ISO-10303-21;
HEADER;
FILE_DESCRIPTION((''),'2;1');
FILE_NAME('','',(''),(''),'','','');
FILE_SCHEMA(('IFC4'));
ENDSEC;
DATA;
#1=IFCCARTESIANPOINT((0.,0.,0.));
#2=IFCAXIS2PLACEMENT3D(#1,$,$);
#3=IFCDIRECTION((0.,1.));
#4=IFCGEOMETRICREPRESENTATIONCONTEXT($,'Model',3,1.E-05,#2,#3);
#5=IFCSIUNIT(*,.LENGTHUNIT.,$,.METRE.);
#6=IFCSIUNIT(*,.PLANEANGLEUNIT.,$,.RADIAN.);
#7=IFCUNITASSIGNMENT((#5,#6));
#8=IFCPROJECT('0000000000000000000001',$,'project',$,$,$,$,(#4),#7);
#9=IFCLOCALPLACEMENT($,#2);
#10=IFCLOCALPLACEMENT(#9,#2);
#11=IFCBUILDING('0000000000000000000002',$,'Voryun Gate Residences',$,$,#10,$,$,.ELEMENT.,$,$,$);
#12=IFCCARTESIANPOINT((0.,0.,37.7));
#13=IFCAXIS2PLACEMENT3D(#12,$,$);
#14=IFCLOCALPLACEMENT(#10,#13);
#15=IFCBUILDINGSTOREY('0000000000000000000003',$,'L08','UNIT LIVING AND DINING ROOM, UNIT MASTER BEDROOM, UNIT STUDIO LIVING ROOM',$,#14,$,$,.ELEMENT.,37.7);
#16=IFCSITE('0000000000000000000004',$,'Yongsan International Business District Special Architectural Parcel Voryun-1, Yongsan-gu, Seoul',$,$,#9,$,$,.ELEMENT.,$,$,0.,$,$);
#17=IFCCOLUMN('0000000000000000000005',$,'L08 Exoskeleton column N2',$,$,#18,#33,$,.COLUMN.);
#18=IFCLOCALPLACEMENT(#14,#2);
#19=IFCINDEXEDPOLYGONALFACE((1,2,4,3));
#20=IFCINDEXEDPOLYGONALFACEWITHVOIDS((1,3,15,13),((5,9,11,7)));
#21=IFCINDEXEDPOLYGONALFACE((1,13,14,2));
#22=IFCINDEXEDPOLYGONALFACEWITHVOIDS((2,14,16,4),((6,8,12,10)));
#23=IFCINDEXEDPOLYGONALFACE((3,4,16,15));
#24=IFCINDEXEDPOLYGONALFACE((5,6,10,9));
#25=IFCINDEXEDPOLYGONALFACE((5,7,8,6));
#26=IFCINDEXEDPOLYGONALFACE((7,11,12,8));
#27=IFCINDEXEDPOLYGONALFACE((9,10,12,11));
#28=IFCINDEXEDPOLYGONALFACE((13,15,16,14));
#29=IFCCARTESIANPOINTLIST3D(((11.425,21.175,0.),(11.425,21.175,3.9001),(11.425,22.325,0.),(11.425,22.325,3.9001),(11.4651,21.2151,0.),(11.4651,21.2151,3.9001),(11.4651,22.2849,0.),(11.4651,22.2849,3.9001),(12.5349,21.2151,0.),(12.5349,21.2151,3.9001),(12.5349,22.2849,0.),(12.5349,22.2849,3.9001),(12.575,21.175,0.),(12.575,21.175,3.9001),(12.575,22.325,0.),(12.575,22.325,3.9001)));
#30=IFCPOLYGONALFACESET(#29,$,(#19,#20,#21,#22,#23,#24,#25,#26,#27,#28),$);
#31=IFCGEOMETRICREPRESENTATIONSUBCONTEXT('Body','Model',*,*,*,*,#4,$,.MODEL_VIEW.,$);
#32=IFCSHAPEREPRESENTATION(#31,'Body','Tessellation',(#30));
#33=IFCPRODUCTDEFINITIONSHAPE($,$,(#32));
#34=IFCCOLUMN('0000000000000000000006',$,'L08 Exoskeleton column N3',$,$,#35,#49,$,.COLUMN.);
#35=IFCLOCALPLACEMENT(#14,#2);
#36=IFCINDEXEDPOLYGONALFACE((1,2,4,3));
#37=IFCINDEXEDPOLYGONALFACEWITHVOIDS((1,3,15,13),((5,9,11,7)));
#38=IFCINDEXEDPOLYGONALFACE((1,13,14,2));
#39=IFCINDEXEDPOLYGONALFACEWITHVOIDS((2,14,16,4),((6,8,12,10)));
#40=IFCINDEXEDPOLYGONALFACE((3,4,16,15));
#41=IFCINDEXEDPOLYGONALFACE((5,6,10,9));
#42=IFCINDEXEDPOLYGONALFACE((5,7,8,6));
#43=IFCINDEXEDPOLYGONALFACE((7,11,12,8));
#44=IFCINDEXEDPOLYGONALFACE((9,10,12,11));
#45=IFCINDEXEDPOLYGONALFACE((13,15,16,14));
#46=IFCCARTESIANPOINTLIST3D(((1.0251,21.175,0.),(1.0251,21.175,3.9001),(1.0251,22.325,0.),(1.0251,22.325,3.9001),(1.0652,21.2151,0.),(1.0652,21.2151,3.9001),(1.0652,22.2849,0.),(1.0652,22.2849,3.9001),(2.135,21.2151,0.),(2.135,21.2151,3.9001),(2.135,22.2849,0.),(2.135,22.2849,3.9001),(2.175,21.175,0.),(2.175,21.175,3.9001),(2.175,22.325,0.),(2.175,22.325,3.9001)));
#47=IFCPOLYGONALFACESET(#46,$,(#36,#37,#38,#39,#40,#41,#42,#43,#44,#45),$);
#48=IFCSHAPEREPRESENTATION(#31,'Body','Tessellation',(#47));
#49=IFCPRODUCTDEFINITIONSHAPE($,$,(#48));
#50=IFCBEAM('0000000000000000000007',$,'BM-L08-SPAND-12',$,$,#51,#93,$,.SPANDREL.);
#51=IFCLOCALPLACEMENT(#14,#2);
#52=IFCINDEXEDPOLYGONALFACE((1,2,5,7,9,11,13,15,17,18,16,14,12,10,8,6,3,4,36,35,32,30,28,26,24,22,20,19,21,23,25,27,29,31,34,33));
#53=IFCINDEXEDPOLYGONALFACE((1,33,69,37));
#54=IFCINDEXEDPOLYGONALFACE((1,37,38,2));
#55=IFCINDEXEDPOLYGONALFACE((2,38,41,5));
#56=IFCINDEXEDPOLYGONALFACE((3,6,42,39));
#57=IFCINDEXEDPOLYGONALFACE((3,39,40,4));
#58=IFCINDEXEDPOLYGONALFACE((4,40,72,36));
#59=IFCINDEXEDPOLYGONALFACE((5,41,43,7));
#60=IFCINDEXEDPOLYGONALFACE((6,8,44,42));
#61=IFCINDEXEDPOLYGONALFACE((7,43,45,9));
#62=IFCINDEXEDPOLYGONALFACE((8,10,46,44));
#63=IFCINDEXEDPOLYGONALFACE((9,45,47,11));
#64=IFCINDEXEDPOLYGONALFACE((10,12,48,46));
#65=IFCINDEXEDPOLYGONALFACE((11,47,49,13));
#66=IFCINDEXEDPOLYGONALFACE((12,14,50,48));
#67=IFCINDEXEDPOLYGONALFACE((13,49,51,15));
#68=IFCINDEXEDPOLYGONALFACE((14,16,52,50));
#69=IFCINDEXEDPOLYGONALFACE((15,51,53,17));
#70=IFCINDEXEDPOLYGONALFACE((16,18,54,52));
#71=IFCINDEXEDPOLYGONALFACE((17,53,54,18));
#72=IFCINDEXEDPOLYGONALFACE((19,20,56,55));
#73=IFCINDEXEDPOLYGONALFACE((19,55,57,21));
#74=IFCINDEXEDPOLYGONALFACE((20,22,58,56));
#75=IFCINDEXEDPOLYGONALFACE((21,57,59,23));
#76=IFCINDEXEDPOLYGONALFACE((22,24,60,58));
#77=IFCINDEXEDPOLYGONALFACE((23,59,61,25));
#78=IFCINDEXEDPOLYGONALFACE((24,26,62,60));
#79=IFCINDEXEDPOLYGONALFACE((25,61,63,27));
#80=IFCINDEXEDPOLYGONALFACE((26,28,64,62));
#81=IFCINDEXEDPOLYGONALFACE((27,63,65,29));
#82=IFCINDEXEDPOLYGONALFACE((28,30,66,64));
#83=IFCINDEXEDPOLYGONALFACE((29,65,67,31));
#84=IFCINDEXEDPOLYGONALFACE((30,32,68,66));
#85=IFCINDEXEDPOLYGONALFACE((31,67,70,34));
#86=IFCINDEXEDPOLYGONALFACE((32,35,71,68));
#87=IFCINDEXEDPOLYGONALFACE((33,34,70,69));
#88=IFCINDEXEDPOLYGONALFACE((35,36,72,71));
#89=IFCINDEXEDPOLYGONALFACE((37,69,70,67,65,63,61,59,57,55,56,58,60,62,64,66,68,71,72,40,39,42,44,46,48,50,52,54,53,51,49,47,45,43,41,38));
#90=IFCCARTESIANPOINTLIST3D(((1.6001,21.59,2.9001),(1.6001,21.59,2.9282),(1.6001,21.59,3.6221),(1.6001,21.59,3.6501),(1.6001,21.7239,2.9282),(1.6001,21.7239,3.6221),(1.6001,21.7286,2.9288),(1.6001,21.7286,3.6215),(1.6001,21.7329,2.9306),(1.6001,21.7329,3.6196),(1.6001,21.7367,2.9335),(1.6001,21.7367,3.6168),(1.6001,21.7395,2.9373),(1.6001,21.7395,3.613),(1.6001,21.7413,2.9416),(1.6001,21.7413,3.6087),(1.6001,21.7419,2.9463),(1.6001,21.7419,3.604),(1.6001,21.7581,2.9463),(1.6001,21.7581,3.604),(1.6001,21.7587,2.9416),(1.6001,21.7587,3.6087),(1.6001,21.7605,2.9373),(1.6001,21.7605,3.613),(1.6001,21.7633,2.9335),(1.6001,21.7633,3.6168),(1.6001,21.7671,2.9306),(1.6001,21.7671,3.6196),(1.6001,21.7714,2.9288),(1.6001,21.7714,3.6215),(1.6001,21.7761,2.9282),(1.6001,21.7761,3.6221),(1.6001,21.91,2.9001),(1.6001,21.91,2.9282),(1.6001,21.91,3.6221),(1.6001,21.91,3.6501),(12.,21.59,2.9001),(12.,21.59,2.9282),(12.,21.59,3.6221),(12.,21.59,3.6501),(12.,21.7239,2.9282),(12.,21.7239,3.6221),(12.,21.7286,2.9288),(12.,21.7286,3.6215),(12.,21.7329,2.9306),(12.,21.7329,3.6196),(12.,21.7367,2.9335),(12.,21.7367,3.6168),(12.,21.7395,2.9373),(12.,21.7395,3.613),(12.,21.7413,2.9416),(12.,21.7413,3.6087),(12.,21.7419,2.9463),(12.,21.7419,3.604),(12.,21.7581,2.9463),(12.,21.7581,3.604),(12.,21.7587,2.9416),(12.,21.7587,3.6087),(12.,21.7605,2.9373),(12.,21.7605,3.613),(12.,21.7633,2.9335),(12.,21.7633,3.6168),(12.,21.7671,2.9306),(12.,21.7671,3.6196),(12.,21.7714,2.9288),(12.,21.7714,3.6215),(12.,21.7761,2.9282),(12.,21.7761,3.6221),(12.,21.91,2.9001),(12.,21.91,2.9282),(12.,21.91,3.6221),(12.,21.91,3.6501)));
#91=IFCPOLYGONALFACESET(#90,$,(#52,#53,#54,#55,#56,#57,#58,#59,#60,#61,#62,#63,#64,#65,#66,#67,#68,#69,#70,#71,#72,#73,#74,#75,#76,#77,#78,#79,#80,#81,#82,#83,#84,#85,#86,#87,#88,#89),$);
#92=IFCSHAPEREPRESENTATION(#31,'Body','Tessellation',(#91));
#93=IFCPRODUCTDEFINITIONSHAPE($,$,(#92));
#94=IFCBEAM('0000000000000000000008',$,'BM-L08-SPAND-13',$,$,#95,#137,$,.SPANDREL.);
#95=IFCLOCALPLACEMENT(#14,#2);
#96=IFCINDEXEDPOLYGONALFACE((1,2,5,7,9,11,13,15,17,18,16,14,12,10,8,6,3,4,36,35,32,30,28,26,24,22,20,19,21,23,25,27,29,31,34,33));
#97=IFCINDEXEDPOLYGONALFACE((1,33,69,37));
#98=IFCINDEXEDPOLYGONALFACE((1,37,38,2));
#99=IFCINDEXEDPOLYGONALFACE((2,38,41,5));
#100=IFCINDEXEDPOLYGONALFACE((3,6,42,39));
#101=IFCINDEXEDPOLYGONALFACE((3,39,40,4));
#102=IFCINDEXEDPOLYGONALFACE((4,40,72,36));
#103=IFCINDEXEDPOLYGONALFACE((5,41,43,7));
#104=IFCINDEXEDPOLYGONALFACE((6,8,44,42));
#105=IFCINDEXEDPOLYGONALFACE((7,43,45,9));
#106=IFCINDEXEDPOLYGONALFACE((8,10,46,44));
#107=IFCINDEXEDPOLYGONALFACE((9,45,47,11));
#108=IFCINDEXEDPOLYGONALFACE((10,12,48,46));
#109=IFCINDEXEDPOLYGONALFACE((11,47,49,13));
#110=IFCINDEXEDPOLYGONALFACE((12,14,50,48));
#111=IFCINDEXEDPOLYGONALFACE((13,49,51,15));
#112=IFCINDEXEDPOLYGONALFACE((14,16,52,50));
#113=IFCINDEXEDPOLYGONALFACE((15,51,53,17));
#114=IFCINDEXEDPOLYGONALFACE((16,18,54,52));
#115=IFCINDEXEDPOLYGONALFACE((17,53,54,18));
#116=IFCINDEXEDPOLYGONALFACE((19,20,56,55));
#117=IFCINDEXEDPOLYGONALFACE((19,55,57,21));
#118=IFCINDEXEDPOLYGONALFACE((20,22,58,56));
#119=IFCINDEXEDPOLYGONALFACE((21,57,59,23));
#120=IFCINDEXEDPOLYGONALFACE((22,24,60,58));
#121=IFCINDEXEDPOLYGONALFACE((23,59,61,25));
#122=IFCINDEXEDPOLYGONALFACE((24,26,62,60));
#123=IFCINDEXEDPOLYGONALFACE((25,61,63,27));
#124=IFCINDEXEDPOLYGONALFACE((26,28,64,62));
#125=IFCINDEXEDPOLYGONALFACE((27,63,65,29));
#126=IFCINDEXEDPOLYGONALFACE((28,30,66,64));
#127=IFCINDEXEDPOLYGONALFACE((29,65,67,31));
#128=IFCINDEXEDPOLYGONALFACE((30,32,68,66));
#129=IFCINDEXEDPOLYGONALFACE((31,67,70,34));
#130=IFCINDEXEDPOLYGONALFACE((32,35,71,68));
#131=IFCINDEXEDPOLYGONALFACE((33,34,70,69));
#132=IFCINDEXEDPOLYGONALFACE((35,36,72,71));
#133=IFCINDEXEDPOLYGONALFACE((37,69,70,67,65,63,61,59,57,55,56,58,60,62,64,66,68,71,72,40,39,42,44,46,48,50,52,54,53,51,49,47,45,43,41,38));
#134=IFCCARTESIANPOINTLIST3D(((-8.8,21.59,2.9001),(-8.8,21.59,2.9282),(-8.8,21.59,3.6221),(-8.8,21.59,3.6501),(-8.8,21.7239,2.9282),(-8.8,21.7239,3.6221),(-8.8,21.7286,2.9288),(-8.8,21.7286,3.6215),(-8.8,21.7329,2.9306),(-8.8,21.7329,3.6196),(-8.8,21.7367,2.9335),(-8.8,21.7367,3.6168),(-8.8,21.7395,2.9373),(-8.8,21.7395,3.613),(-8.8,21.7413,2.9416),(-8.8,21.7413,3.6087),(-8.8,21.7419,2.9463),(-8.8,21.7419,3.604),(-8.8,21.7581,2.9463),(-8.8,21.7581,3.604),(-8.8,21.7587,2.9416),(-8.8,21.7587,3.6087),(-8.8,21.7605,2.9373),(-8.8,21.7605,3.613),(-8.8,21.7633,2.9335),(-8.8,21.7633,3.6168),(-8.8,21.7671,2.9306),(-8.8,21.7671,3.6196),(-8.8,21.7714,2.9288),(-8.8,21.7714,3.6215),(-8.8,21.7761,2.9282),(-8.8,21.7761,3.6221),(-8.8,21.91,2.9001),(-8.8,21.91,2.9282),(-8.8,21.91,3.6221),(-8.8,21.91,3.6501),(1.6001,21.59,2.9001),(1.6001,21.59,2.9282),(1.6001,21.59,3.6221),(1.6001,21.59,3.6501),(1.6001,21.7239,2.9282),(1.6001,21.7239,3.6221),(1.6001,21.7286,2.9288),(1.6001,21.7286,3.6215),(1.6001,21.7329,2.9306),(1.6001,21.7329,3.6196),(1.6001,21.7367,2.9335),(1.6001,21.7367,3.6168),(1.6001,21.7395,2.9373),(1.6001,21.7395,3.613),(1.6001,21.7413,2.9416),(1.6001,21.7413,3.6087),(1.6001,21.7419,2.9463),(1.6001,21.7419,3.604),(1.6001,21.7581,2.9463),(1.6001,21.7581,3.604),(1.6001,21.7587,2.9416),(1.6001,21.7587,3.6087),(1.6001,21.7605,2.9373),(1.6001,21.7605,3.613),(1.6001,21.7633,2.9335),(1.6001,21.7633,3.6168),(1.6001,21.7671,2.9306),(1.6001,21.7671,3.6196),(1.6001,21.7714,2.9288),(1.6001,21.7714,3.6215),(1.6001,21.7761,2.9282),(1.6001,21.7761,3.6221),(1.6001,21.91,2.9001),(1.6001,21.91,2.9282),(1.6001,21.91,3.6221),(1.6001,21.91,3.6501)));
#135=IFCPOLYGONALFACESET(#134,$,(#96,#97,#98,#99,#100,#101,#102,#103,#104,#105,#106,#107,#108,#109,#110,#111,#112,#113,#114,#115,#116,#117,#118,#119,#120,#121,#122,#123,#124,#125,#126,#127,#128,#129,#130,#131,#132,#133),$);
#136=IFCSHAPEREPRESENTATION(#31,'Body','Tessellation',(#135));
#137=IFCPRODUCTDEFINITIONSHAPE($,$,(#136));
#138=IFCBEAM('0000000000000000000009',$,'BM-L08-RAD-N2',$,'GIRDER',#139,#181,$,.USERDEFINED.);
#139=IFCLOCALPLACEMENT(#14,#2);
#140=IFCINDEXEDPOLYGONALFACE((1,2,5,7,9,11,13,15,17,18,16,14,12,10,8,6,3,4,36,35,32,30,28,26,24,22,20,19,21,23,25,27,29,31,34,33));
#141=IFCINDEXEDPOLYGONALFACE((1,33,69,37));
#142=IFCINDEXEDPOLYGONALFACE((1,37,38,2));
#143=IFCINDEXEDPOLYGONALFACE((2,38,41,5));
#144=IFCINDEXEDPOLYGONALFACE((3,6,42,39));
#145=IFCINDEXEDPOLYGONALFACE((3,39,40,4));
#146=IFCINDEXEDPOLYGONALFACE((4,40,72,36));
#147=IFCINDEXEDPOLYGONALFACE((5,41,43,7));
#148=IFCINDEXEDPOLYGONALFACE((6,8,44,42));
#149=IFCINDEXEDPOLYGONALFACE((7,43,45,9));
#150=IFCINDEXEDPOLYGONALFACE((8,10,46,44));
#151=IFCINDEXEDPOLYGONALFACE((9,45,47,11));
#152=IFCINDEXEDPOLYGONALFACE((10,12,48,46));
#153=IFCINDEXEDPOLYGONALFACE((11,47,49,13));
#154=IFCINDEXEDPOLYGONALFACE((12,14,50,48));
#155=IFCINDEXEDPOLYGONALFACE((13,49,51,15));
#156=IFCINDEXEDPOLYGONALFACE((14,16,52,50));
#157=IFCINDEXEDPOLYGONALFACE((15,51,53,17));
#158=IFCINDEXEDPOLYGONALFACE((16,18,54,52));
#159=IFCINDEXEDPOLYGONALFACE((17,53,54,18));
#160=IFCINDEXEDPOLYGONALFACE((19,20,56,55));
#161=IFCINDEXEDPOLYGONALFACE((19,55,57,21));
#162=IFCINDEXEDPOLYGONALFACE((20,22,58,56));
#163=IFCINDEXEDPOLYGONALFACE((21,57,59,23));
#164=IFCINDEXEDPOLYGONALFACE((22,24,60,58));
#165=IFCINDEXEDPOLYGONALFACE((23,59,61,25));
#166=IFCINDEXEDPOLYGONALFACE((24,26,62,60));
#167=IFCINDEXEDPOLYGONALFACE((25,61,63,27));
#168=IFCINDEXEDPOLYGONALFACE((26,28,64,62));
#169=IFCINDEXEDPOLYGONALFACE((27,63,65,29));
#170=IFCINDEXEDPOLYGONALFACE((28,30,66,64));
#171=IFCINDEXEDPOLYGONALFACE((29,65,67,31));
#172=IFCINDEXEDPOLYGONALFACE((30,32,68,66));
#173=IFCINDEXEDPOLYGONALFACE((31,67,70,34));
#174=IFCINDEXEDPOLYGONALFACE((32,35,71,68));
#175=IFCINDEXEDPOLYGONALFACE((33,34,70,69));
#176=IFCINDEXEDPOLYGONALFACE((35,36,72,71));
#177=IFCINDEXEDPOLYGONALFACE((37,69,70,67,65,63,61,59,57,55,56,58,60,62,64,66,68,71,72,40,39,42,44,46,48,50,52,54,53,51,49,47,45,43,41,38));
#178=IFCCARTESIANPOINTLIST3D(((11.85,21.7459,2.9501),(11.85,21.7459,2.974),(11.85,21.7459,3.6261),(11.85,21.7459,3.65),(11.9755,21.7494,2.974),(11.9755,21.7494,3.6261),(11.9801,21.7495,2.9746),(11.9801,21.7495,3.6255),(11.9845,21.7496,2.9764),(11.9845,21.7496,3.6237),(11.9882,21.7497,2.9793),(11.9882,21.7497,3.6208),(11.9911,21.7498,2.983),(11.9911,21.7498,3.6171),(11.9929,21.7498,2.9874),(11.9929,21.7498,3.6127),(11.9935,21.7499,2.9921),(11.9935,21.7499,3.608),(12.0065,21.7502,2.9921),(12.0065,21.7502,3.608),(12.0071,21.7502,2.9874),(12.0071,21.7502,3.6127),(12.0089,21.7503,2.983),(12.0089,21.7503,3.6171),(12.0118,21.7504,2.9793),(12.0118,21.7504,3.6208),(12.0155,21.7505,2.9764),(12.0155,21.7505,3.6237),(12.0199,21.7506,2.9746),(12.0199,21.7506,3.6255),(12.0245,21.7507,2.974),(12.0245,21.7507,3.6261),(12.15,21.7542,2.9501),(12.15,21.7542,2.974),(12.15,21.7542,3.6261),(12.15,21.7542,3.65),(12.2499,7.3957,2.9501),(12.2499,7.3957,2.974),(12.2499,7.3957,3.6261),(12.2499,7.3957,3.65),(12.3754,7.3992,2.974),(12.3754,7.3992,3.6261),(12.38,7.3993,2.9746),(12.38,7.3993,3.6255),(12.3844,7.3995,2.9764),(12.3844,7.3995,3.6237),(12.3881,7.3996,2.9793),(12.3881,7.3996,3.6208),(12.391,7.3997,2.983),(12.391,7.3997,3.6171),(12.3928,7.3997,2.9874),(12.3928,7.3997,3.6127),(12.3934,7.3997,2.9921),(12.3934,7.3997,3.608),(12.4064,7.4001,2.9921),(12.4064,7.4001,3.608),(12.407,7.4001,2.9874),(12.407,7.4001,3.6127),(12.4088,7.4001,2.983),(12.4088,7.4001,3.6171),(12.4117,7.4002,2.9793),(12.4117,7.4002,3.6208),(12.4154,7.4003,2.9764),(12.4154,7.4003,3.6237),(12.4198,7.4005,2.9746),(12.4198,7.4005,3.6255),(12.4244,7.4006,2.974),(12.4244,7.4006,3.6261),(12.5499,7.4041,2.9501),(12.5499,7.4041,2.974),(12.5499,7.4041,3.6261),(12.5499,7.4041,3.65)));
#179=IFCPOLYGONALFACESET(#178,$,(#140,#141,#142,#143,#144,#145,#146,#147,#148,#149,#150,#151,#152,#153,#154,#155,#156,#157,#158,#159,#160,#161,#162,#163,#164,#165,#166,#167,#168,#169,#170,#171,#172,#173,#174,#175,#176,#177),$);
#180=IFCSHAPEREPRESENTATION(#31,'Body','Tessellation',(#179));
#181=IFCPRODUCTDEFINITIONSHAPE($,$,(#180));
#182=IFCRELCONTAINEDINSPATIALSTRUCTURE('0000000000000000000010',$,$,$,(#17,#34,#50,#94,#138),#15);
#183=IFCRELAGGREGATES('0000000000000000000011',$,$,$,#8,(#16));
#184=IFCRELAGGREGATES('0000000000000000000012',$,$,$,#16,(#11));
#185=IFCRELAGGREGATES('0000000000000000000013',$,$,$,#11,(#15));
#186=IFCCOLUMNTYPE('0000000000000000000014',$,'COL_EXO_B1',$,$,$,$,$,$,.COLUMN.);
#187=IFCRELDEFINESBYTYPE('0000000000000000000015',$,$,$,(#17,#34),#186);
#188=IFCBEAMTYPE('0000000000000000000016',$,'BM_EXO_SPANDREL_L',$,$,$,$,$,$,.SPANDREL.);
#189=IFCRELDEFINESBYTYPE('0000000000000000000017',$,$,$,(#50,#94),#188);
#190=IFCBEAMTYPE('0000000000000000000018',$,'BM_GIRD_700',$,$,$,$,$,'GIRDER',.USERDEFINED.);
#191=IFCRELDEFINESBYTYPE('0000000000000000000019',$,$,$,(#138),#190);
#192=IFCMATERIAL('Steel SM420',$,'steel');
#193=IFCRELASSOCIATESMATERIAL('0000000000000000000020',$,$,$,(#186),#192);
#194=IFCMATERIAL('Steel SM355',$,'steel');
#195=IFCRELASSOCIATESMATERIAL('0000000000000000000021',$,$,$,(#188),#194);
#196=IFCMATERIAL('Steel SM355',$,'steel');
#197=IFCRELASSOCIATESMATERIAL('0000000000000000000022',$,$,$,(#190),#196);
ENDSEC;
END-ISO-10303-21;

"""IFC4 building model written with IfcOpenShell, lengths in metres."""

from ifc_helpers import new_model, si_unit, direction, frame, origin, origin_2d, place, context, subcontext, project, spatial, hollow_rectangle, i_section, extrude, material, material_profile, profile_set, type_object, element, save


model = new_model("IFC4")

# Units and contexts
model_context = context("Model", 3, precision=1e-05, world=origin(), true_north=direction((0.0, 1.0)))
body_context = subcontext(model_context, "Body", "Model", "MODEL_VIEW")
ifc_project = project(units=[si_unit("LENGTHUNIT", "METRE"), si_unit("PLANEANGLEUNIT", "RADIAN")], contexts=[model_context])

# Site, building, storey
site_placement = place(None, origin())
site = spatial("IfcSite", under=ifc_project, at=site_placement, Name="Yongsan International Business District Special Architectural Parcel Voryun-1, Yongsan-gu, Seoul", CompositionType="ELEMENT", RefElevation=0.0)
building_placement = place(site_placement, origin())
building = spatial("IfcBuilding", under=site, at=building_placement, Name="Voryun Gate Residences", CompositionType="ELEMENT")
storey_placement = place(building_placement, frame((0.0, 0.0, 37.7)))
storey = spatial("IfcBuildingStorey", under=building, at=storey_placement, Name="L08", Description="UNIT LIVING AND DINING ROOM, UNIT MASTER BEDROOM, UNIT STUDIO LIVING ROOM", CompositionType="ELEMENT", Elevation=37.7)

# Columns
ifc_material_1 = material(Name="Steel SM420", Category="steel")
ifc_material_profile_1 = material_profile(ifc_material_1, hollow_rectangle(XDim=1.1499, YDim=1.1499, WallThickness=0.04, at=origin_2d()), Name="BOX-1150x1150x40")
ifc_profile_set_1 = profile_set([ifc_material_profile_1], Name="Steel SM420")
column_type = type_object("IfcColumnType", Name="COL_EXO_B1", PredefinedType="COLUMN", material=ifc_profile_set_1)
for number, where, z_axis, x_axis, name in (
    (1, (12.0, 21.75, 0.0), (0.0, 0.0, 1.0), (1.0, 0.0, 0.0), "L08 Exoskeleton column N2"),
    (2, (1.6001, 21.75, 0.0), (0.0, 0.0, 1.0), (1.0, 0.0, 0.0), "L08 Exoskeleton column N3"),
):
    element("IfcColumn", number, at=place(storey_placement, frame(where, z_axis=z_axis, x_axis=x_axis)), inside=storey, type_object=column_type, Name=name, PredefinedType="COLUMN", context=body_context, shape_type="SweptSolid", body=[
        extrude(hollow_rectangle(XDim=1.1499, YDim=1.1499, WallThickness=0.04, at=origin_2d()), origin(), (0.0, 0.0, 1.0), 3.9001),
    ])

# Beams
ifc_material_2 = material(Name="Steel SM355", Category="steel")
ifc_material_profile_2 = material_profile(ifc_material_2, i_section(OverallWidth=0.3201, OverallDepth=0.75, WebThickness=0.0161, FlangeThickness=0.0281, FilletRadius=0.0181, at=origin_2d()), Name="H-750x320x16x28")
ifc_profile_set_2 = profile_set([ifc_material_profile_2], Name="Steel SM355")
beam_type_1 = type_object("IfcBeamType", Name="BM_EXO_SPANDREL_L", PredefinedType="SPANDREL", material=ifc_profile_set_2)
beam_1_placement = place(storey_placement, frame((12.0, 21.75, 3.2751), z_axis=(-1.0, 0.0, 0.0), x_axis=(0.0, -1.0, 0.0)))
element("IfcBeam", 3, at=beam_1_placement, inside=storey, type_object=beam_type_1, Name="BM-L08-SPAND-12", PredefinedType="SPANDREL", context=body_context, shape_type="SweptSolid", body=[
    extrude(i_section(OverallWidth=0.3201, OverallDepth=0.75, WebThickness=0.0161, FlangeThickness=0.0281, FilletRadius=0.0181, at=origin_2d()), origin(), (0.0, 0.0, 1.0), 10.3999),
])
beam_2_placement = place(storey_placement, frame((1.6001, 21.75, 3.2751), z_axis=(-1.0, 0.0, 0.0), x_axis=(0.0, -1.0, 0.0)))
element("IfcBeam", 4, at=beam_2_placement, inside=storey, type_object=beam_type_1, Name="BM-L08-SPAND-13", PredefinedType="SPANDREL", context=body_context, shape_type="SweptSolid", body=[
    extrude(i_section(OverallWidth=0.3201, OverallDepth=0.75, WebThickness=0.0161, FlangeThickness=0.0281, FilletRadius=0.0181, at=origin_2d()), origin(), (0.0, 0.0, 1.0), 10.4001),
])
ifc_material_3 = material(Name="Steel SM355", Category="steel")
ifc_material_profile_3 = material_profile(ifc_material_3, i_section(OverallWidth=0.3, OverallDepth=0.7, WebThickness=0.0129, FlangeThickness=0.0239, FilletRadius=0.0181, at=origin_2d()), Name="H-700x300x13x24")
ifc_profile_set_3 = profile_set([ifc_material_profile_3], Name="Steel SM355")
beam_type_2 = type_object("IfcBeamType", Name="BM_GIRD_700", ElementType="GIRDER", PredefinedType="USERDEFINED", material=ifc_profile_set_3)
beam_3_placement = place(storey_placement, frame((12.3999, 7.3999, 3.3), z_axis=(-0.027857, 0.999612, 0.0), x_axis=(-0.999612, -0.027857, 0.0)))
element("IfcBeam", 5, at=beam_3_placement, inside=storey, type_object=beam_type_2, Name="BM-L08-RAD-N2", ObjectType="GIRDER", PredefinedType="USERDEFINED", context=body_context, shape_type="SweptSolid", body=[
    extrude(i_section(OverallWidth=0.3, OverallDepth=0.7, WebThickness=0.0129, FlangeThickness=0.0239, FilletRadius=0.0181, at=origin_2d()), origin(), (0.0, 0.0, 1.0), 14.3557),
])

save(model, "model.ifc")
